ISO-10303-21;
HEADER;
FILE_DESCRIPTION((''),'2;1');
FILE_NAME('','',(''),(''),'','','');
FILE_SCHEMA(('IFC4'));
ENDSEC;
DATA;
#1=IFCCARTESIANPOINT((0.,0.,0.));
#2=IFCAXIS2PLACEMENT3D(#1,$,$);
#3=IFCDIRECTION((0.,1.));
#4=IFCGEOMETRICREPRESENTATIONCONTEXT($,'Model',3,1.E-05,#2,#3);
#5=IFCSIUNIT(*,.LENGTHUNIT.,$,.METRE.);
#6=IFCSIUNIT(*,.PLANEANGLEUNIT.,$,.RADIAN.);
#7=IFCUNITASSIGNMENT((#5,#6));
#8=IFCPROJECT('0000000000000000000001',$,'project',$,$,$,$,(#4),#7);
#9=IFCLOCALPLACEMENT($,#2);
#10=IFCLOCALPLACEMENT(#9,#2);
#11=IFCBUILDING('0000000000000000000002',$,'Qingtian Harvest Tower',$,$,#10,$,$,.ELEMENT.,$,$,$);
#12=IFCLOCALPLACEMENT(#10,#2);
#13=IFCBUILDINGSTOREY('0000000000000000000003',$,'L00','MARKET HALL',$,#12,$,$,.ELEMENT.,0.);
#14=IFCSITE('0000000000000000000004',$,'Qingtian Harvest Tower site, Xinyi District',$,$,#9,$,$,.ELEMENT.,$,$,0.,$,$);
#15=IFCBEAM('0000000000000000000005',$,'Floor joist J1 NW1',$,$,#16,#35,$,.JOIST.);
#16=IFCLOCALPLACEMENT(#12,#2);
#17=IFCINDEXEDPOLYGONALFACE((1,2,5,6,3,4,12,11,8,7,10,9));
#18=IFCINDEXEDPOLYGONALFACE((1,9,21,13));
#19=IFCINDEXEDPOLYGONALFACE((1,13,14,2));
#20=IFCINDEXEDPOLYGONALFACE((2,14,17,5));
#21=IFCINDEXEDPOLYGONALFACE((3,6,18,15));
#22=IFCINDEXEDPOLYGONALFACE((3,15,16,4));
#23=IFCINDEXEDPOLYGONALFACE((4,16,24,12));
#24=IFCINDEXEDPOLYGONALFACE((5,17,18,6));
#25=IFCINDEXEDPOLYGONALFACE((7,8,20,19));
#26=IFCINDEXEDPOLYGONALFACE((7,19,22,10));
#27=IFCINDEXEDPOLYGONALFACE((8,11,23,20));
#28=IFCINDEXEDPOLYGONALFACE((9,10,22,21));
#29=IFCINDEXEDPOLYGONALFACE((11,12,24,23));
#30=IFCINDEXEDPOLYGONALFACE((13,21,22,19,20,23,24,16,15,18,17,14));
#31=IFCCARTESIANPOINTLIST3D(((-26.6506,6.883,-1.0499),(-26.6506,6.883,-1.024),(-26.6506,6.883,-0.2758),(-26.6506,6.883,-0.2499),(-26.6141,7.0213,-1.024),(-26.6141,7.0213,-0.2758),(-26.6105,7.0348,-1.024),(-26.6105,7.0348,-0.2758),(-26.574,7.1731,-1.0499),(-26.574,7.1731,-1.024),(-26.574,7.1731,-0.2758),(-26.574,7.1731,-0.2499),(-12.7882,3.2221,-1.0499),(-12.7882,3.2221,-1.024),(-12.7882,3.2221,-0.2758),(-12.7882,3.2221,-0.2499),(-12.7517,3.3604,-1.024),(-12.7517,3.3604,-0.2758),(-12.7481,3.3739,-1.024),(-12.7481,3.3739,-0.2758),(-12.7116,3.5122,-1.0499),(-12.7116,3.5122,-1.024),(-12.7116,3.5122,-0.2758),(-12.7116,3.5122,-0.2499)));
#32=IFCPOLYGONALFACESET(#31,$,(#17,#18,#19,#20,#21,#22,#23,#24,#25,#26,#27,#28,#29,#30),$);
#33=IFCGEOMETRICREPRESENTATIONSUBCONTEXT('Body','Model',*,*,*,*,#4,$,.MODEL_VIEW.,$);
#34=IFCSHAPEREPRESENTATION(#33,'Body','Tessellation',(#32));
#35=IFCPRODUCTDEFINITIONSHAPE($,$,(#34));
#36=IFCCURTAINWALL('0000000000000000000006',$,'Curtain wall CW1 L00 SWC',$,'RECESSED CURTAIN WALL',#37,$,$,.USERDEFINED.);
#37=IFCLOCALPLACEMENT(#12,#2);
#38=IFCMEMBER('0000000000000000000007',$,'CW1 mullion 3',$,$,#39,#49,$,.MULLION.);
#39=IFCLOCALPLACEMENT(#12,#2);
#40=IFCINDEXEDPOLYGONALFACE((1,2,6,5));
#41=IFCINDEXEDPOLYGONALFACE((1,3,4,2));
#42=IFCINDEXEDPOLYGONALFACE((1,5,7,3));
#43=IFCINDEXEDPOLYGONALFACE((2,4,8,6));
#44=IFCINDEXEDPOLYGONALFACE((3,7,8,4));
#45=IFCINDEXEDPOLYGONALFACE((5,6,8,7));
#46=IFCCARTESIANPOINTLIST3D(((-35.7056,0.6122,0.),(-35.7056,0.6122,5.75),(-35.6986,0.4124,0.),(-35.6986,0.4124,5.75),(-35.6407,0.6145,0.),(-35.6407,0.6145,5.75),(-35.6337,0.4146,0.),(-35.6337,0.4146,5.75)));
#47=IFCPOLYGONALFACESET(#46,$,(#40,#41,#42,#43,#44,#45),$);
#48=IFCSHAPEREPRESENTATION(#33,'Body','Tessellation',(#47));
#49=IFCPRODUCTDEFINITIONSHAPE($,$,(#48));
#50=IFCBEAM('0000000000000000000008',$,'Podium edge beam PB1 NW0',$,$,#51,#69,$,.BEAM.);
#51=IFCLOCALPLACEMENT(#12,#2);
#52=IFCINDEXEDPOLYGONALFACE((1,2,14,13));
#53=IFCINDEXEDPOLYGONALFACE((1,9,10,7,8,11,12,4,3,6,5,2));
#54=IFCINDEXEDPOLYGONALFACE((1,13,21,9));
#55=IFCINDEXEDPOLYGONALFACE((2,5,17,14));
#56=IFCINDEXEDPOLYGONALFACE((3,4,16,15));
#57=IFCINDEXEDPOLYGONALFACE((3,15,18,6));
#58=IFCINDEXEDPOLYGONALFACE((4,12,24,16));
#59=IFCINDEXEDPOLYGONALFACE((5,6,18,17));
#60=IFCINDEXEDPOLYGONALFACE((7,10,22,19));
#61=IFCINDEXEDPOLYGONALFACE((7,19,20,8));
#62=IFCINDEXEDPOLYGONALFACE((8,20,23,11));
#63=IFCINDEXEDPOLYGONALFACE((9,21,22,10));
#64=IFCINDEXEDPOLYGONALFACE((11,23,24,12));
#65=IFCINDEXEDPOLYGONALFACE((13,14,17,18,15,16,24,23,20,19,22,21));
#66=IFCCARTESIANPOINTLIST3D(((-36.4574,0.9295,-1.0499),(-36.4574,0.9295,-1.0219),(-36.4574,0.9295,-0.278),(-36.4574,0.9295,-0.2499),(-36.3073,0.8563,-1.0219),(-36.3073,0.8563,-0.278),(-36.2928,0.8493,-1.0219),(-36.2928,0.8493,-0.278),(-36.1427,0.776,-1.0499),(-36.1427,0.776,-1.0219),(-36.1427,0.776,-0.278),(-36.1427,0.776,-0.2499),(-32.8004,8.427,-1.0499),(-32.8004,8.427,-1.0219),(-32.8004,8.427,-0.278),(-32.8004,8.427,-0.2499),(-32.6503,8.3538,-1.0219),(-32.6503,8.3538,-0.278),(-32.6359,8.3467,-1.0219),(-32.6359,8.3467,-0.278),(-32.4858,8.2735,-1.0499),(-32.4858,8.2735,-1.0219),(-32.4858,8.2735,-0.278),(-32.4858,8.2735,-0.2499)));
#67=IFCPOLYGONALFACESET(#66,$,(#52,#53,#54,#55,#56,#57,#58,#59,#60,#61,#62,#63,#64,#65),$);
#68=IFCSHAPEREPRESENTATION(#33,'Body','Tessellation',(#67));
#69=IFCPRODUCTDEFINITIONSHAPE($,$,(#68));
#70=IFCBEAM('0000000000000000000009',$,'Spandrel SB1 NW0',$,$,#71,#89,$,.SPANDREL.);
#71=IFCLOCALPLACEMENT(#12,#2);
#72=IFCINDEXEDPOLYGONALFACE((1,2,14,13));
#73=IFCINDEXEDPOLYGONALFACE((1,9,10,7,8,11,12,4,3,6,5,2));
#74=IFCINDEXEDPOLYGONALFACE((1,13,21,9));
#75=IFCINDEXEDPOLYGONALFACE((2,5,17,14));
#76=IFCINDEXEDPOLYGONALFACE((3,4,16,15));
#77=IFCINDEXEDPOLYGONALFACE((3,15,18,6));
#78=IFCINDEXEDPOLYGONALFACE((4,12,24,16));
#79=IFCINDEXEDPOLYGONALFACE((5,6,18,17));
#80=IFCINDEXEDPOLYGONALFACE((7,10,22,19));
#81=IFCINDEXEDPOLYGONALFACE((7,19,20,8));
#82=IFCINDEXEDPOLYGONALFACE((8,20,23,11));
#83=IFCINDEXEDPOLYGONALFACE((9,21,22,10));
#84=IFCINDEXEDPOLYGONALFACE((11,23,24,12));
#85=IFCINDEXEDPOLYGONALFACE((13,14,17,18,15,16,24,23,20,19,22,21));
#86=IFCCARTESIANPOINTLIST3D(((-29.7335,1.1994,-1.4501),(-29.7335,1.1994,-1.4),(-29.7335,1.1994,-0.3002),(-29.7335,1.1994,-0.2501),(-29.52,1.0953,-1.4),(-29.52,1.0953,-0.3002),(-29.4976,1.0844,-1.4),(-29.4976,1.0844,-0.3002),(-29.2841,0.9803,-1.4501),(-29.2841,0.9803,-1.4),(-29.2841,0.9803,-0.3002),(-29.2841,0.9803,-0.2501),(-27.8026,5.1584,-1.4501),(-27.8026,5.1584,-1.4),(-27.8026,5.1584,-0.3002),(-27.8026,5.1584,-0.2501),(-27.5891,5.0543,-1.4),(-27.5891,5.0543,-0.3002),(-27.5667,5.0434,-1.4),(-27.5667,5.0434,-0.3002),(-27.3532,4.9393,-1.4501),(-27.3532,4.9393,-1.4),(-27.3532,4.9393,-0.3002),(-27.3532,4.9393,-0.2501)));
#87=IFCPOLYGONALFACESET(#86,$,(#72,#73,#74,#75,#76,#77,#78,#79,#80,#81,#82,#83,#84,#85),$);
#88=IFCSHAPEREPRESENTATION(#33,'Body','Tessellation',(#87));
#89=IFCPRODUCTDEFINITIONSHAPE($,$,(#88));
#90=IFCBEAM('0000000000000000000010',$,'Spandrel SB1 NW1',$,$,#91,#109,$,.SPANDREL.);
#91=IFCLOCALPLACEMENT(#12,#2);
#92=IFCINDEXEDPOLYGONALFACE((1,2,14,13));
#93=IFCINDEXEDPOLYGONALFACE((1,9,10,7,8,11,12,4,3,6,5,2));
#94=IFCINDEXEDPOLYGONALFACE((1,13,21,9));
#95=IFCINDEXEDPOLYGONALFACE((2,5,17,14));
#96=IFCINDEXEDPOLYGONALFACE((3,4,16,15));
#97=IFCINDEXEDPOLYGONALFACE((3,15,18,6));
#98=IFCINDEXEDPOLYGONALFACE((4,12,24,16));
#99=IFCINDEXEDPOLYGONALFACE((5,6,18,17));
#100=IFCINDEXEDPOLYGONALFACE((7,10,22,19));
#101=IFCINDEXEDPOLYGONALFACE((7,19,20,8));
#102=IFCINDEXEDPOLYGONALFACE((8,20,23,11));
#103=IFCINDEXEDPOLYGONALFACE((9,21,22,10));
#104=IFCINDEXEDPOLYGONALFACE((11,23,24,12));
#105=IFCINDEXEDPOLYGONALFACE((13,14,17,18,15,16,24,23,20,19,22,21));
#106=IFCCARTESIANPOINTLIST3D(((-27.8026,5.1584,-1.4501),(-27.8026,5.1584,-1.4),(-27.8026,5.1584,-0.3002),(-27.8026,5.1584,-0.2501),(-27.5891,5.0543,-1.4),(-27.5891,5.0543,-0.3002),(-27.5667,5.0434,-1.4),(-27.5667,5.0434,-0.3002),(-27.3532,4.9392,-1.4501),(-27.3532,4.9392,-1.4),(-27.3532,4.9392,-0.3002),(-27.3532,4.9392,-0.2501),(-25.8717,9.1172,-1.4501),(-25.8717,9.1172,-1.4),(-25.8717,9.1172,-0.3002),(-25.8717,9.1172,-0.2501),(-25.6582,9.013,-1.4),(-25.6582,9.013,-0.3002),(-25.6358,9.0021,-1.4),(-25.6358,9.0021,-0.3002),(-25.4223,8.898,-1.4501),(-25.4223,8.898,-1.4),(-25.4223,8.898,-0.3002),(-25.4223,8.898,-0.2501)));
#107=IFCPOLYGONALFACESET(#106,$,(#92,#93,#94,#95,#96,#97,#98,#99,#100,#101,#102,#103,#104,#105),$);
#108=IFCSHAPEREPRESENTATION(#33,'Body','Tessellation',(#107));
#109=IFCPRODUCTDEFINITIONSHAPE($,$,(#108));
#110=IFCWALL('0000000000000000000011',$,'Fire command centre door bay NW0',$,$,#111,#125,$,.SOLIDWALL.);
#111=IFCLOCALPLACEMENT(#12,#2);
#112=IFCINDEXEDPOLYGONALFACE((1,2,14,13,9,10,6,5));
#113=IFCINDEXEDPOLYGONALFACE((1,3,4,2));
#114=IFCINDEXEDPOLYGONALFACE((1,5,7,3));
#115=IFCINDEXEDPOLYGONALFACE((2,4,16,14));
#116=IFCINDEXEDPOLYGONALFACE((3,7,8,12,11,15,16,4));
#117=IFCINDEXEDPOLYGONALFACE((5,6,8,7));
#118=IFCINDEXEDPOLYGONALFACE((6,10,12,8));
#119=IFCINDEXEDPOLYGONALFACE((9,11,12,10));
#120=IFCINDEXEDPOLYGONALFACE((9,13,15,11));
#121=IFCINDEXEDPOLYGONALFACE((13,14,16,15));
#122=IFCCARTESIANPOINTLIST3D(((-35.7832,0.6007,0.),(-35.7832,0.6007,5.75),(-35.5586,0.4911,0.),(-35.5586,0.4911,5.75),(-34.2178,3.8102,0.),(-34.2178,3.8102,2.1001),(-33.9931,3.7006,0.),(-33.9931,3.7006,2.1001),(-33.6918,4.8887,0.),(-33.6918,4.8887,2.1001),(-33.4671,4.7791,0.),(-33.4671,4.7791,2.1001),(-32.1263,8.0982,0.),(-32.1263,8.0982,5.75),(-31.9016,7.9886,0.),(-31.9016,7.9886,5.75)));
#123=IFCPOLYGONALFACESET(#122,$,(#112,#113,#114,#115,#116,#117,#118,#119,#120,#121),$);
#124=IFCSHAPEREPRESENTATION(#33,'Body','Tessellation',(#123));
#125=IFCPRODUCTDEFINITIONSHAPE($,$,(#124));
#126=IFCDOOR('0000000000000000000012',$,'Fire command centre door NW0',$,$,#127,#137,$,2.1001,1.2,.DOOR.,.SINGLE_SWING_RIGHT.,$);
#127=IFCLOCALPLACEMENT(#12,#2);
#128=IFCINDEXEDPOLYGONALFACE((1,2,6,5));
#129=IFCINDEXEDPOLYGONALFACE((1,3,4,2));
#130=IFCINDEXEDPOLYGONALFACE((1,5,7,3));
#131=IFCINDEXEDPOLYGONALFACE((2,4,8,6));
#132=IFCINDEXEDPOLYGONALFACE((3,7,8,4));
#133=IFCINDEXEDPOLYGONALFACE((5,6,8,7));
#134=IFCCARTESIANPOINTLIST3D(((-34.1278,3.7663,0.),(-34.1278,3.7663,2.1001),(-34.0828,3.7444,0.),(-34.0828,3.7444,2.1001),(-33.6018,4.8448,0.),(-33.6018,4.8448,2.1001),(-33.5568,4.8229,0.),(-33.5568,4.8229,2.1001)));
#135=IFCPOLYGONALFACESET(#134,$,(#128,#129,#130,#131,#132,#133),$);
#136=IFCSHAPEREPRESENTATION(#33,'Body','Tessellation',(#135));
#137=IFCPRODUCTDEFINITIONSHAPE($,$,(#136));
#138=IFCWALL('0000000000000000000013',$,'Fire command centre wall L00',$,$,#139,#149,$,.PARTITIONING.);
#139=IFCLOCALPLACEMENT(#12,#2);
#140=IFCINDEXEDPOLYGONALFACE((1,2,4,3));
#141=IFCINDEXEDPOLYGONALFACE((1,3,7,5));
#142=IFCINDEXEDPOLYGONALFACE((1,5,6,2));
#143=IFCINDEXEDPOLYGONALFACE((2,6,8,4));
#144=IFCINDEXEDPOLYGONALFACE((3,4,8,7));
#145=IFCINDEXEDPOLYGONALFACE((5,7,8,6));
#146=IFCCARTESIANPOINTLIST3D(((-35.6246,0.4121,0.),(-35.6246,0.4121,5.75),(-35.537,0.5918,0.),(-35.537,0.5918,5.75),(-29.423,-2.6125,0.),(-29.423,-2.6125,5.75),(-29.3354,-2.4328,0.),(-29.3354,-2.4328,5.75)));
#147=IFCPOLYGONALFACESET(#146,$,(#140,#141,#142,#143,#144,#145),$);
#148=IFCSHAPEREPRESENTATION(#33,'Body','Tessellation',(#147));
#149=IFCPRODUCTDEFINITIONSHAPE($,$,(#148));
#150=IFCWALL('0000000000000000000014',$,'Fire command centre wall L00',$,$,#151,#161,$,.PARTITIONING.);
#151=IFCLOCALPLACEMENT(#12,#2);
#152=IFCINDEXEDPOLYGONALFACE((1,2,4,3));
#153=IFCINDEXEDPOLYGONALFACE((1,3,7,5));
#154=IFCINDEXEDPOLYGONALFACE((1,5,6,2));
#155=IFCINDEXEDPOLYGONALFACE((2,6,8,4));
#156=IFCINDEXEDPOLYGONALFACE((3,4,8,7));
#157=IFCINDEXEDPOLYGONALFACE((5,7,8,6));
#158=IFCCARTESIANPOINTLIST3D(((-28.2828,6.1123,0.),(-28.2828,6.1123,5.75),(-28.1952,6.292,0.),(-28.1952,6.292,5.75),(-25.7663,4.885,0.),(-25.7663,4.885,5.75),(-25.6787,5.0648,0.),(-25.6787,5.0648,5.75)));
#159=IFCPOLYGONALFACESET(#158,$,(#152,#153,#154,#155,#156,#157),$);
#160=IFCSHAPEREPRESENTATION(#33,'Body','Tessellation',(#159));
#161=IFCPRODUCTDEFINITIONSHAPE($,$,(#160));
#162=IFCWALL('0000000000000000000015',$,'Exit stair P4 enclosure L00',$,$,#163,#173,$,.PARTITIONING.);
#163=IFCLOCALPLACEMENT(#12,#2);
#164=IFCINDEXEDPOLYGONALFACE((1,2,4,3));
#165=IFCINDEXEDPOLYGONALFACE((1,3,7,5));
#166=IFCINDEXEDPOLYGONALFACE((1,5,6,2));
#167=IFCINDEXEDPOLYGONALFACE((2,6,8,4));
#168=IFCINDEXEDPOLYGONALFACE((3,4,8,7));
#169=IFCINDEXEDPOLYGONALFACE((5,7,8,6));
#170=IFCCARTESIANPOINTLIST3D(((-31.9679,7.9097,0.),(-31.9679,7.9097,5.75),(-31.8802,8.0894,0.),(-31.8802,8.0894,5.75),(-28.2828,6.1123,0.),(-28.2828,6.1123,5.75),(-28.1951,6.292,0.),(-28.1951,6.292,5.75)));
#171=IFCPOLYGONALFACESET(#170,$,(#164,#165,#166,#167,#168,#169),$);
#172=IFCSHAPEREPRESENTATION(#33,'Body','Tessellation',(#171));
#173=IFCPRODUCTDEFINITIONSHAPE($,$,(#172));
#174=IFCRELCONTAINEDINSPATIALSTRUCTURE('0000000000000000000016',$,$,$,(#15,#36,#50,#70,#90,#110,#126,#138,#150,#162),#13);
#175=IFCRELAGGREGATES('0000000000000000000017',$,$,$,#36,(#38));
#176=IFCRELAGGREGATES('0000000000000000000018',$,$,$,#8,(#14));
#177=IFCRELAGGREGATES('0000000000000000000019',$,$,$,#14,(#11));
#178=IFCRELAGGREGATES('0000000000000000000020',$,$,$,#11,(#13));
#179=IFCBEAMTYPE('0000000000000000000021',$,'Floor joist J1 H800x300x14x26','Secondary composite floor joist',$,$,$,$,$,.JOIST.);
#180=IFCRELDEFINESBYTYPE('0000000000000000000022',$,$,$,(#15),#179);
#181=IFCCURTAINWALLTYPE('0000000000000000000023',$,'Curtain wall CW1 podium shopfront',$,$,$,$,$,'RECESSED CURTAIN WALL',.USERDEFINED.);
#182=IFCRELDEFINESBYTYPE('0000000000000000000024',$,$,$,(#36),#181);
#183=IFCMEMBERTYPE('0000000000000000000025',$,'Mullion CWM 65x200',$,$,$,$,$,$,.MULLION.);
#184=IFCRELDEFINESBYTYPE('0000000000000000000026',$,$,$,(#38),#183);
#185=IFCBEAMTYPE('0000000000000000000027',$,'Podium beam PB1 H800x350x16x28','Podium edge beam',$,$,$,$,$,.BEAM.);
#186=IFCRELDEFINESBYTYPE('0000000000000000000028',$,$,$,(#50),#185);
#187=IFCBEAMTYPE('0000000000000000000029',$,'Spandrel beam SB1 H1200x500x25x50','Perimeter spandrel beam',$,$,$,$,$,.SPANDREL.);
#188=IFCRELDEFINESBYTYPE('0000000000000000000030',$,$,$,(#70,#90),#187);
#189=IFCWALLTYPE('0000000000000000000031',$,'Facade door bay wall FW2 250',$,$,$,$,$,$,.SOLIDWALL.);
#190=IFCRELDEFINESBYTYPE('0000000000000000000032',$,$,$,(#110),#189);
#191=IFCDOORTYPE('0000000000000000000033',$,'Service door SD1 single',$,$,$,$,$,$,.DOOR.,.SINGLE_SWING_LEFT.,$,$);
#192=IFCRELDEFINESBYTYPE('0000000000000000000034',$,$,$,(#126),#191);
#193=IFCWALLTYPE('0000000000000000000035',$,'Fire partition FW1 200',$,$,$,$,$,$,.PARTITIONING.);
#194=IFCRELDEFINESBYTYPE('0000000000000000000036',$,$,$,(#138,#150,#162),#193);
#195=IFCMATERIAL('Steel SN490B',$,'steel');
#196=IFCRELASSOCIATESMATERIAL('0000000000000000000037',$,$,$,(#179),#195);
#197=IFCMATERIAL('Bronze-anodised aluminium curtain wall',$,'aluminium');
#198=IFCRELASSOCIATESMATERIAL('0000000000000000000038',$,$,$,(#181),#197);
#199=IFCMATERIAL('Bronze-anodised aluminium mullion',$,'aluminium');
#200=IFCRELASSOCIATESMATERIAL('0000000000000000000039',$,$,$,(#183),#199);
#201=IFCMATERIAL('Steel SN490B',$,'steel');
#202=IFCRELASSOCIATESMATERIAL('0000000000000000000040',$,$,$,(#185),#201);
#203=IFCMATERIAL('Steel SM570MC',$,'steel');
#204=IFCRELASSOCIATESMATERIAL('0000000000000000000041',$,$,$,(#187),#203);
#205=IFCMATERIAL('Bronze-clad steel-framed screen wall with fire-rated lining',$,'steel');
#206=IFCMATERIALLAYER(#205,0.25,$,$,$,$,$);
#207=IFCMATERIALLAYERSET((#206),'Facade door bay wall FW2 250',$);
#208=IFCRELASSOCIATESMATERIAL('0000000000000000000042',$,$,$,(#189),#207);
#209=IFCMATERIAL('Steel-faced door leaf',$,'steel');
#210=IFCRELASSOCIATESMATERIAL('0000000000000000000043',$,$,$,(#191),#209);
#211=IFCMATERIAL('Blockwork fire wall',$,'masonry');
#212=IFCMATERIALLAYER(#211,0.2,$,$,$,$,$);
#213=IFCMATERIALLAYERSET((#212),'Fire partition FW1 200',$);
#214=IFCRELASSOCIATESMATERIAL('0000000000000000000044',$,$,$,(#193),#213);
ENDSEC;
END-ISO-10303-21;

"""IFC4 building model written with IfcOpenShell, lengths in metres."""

from ifc_helpers import new_model, si_unit, direction, frame, frame_2d, origin, origin_2d, place, context, subcontext, project, spatial, rectangle, i_section, extrude, material, layer, layer_set, material_profile, profile_set, type_object, element, fill, aggregate, save


model = new_model("IFC4")

# Units and contexts
model_context = context("Model", 3, precision=1e-05, world=origin(), true_north=direction((0.0, 1.0)))
body_context = subcontext(model_context, "Body", "Model", "MODEL_VIEW")
ifc_project = project(units=[si_unit("LENGTHUNIT", "METRE"), si_unit("PLANEANGLEUNIT", "RADIAN")], contexts=[model_context])

# Site, building, storey
site_placement = place(None, origin())
site = spatial("IfcSite", under=ifc_project, at=site_placement, Name="Qingtian Harvest Tower site, Xinyi District", CompositionType="ELEMENT", RefElevation=0.0)
building_placement = place(site_placement, origin())
building = spatial("IfcBuilding", under=site, at=building_placement, Name="Qingtian Harvest Tower", CompositionType="ELEMENT")
storey_placement = place(building_placement, origin())
storey = spatial("IfcBuildingStorey", under=building, at=storey_placement, Name="L00", Description="MARKET HALL", CompositionType="ELEMENT", Elevation=0.0)

# Beam
ifc_material_1 = material(Name="Steel SN490B", Category="steel")
ifc_material_profile_1 = material_profile(ifc_material_1, i_section(OverallWidth=0.3, OverallDepth=0.8, WebThickness=0.0139, FlangeThickness=0.0259, at=origin_2d()), Name="H800x300x14x26")
ifc_profile_set_1 = profile_set([ifc_material_profile_1], Name="Steel SN490B")
beam_type_1 = type_object("IfcBeamType", Name="Floor joist J1 H800x300x14x26", Description="Secondary composite floor joist", PredefinedType="JOIST", material=ifc_profile_set_1)
beam_1_placement = place(storey_placement, frame((-26.6123, 7.0281, -0.6499), z_axis=(0.966852, -0.255336, 0.0), x_axis=(0.255336, 0.966852, 0.0)))
element("IfcBeam", 1, at=beam_1_placement, inside=storey, type_object=beam_type_1, Name="Floor joist J1 NW1", PredefinedType="JOIST", context=body_context, shape_type="SweptSolid", body=[
    extrude(i_section(OverallWidth=0.3, OverallDepth=0.8, WebThickness=0.0139, FlangeThickness=0.0259, at=origin_2d()), origin(), (0.0, 0.0, 1.0), 14.3376),
])

# Curtain wall, member
ifc_material_2 = material(Name="Bronze-anodised aluminium curtain wall", Category="aluminium")
curtain_wall_type = type_object("IfcCurtainWallType", Name="Curtain wall CW1 podium shopfront", ElementType="RECESSED CURTAIN WALL", PredefinedType="USERDEFINED", material=ifc_material_2)
curtain_wall_placement = place(storey_placement, origin())
curtain_wall = element("IfcCurtainWall", 2, at=curtain_wall_placement, inside=storey, type_object=curtain_wall_type, Name="Curtain wall CW1 L00 SWC", ObjectType="RECESSED CURTAIN WALL", PredefinedType="USERDEFINED")
ifc_material_3 = material(Name="Bronze-anodised aluminium mullion", Category="aluminium")
ifc_material_profile_2 = material_profile(ifc_material_3, rectangle(XDim=0.0649, YDim=0.2, at=origin_2d()), Name="AL 65x200")
ifc_profile_set_2 = profile_set([ifc_material_profile_2], Name="Bronze-anodised aluminium mullion")
member_type = type_object("IfcMemberType", Name="Mullion CWM 65x200", PredefinedType="MULLION", material=ifc_profile_set_2)
member_placement = place(storey_placement, frame((-35.6697, 0.5134, 0.0), z_axis=(0.0, 0.0, 1.0), x_axis=(-0.999391, -0.034899, 0.0)))
member = element("IfcMember", 3, at=member_placement, type_object=member_type, Name="CW1 mullion 3", PredefinedType="MULLION", context=body_context, shape_type="SweptSolid", body=[
    extrude(rectangle(XDim=0.0649, YDim=0.2, at=origin_2d()), origin(), (0.0, 0.0, 1.0), 5.75),
])
aggregate(curtain_wall, [member])

# Beams
ifc_material_4 = material(Name="Steel SN490B", Category="steel")
ifc_material_profile_3 = material_profile(ifc_material_4, i_section(OverallWidth=0.3501, OverallDepth=0.8, WebThickness=0.0161, FlangeThickness=0.0281, at=origin_2d()), Name="H800x350x16x28")
ifc_profile_set_3 = profile_set([ifc_material_profile_3], Name="Steel SN490B")
beam_type_2 = type_object("IfcBeamType", Name="Podium beam PB1 H800x350x16x28", Description="Podium edge beam", PredefinedType="BEAM", material=ifc_profile_set_3)
beam_2_placement = place(storey_placement, frame((-36.3, 0.8528, -0.6499), z_axis=(0.438388, 0.898786, 0.0), x_axis=(-0.898786, 0.438388, 0.0)))
element("IfcBeam", 4, at=beam_2_placement, inside=storey, type_object=beam_type_2, Name="Podium edge beam PB1 NW0", PredefinedType="BEAM", context=body_context, shape_type="SweptSolid", body=[
    extrude(i_section(OverallWidth=0.3501, OverallDepth=0.8, WebThickness=0.0161, FlangeThickness=0.0281, at=origin_2d()), origin(), (0.0, 0.0, 1.0), 8.3418),
])
ifc_material_5 = material(Name="Steel SM570MC", Category="steel")
ifc_material_profile_4 = material_profile(ifc_material_5, i_section(OverallWidth=0.5, OverallDepth=1.2, WebThickness=0.0249, FlangeThickness=0.05, at=origin_2d()), Name="H1200x500x25x50")
ifc_profile_set_4 = profile_set([ifc_material_profile_4], Name="Steel SM570MC")
beam_type_3 = type_object("IfcBeamType", Name="Spandrel beam SB1 H1200x500x25x50", Description="Perimeter spandrel beam", PredefinedType="SPANDREL", material=ifc_profile_set_4)
beam_3_placement = place(storey_placement, frame((-29.5088, 1.0898, -0.8501), z_axis=(0.438368, 0.898796, 0.0), x_axis=(-0.898796, 0.438368, 0.0)))
element("IfcBeam", 5, at=beam_3_placement, inside=storey, type_object=beam_type_3, Name="Spandrel SB1 NW0", PredefinedType="SPANDREL", context=body_context, shape_type="SweptSolid", body=[
    extrude(i_section(OverallWidth=0.5, OverallDepth=1.2, WebThickness=0.0249, FlangeThickness=0.05, at=origin_2d()), origin(), (0.0, 0.0, 1.0), 4.4048),
])
beam_4_placement = place(storey_placement, frame((-27.5779, 5.0488, -0.8501), z_axis=(0.43839, 0.898785, 0.0), x_axis=(-0.898785, 0.43839, 0.0)))
element("IfcBeam", 6, at=beam_4_placement, inside=storey, type_object=beam_type_3, Name="Spandrel SB1 NW1", PredefinedType="SPANDREL", context=body_context, shape_type="SweptSolid", body=[
    extrude(i_section(OverallWidth=0.5, OverallDepth=1.2, WebThickness=0.0249, FlangeThickness=0.05, at=origin_2d()), origin(), (0.0, 0.0, 1.0), 4.4045),
])

# Wall, opening, door
ifc_material_6 = material(Name="Bronze-clad steel-framed screen wall with fire-rated lining", Category="steel")
ifc_layer_1 = layer(ifc_material_6, 0.25)
ifc_layer_set_1 = layer_set([ifc_layer_1], Name="Facade door bay wall FW2 250")
wall_type_1 = type_object("IfcWallType", Name="Facade door bay wall FW2 250", PredefinedType="SOLIDWALL", material=ifc_layer_set_1)
wall_1_placement = place(storey_placement, frame((-35.6709, 0.5459, 0.0), z_axis=(0.0, 0.0, 1.0), x_axis=(0.438388, 0.898786, 0.0)))
wall_1 = element("IfcWall", 7, at=wall_1_placement, inside=storey, type_object=wall_type_1, Name="Fire command centre door bay NW0", PredefinedType="SOLIDWALL", context=body_context, shape_type="SweptSolid", body=[
    extrude(rectangle(XDim=8.3418, YDim=0.25, at=frame_2d((4.1709, 0.0))), origin(), (0.0, 0.0, 1.0), 5.75),
])
opening_1_placement = place(wall_1_placement, frame((3.5708, 0.0, 0.0)))
opening_1 = element("IfcOpeningElement", 8, at=opening_1_placement, cuts=wall_1, PredefinedType="OPENING", context=body_context, shape_type="SweptSolid", body=[
    extrude(rectangle(XDim=1.2, YDim=2.1001, at=frame_2d((0.6001, 1.05))), frame((0.0, 0.135, 0.0), z_axis=(0.0, -1.0, 0.0), x_axis=(1.0, 0.0, 0.0)), (0.0, 0.0, 1.0), 0.27),
])
ifc_material_7 = material(Name="Steel-faced door leaf", Category="steel")
door_type_1 = type_object("IfcDoorType", Name="Service door SD1 single", OperationType="SINGLE_SWING_LEFT", PredefinedType="DOOR", material=ifc_material_7)
door_1_placement = place(opening_1_placement, origin())
door_1 = element("IfcDoor", 9, at=door_1_placement, inside=storey, type_object=door_type_1, Name="Fire command centre door NW0", OperationType="SINGLE_SWING_RIGHT", OverallHeight=2.1001, OverallWidth=1.2, PredefinedType="DOOR", context=body_context, shape_type="SweptSolid", body=[
    extrude(rectangle(XDim=1.2, YDim=2.1001, at=frame_2d((0.6001, 1.05))), frame((0.0, 0.0249, 0.0), z_axis=(0.0, -1.0, 0.0), x_axis=(1.0, 0.0, 0.0)), (0.0, 0.0, 1.0), 0.05),
])
fill(opening_1, door_1)

# Walls
ifc_material_8 = material(Name="Blockwork fire wall", Category="masonry")
ifc_layer_2 = layer(ifc_material_8, 0.2)
ifc_layer_set_2 = layer_set([ifc_layer_2], Name="Fire partition FW1 200")
wall_type_2 = type_object("IfcWallType", Name="Fire partition FW1 200", PredefinedType="PARTITIONING", material=ifc_layer_set_2)
wall_2_placement = place(storey_placement, frame((-35.5808, 0.502, 0.0), z_axis=(0.0, 0.0, 1.0), x_axis=(0.898799, -0.43836, 0.0)))
element("IfcWall", 10, at=wall_2_placement, inside=storey, type_object=wall_type_2, Name="Fire command centre wall L00", PredefinedType="PARTITIONING", context=body_context, shape_type="SweptSolid", body=[
    extrude(rectangle(XDim=6.8999, YDim=0.2, at=frame_2d((3.45, 0.0))), origin(), (0.0, 0.0, 1.0), 5.75),
])
wall_3_placement = place(storey_placement, frame((-28.239, 6.2021, 0.0), z_axis=(0.0, 0.0, 1.0), x_axis=(0.898813, -0.438333, 0.0)))
element("IfcWall", 11, at=wall_3_placement, inside=storey, type_object=wall_type_2, Name="Fire command centre wall L00", PredefinedType="PARTITIONING", context=body_context, shape_type="SweptSolid", body=[
    extrude(rectangle(XDim=2.7998, YDim=0.2, at=frame_2d((1.3999, 0.0))), origin(), (0.0, 0.0, 1.0), 5.75),
])
wall_4_placement = place(storey_placement, frame((-31.9241, 7.9995, 0.0), z_axis=(0.0, 0.0, 1.0), x_axis=(0.89879, -0.438379, 0.0)))
element("IfcWall", 12, at=wall_4_placement, inside=storey, type_object=wall_type_2, Name="Exit stair P4 enclosure L00", PredefinedType="PARTITIONING", context=body_context, shape_type="SweptSolid", body=[
    extrude(rectangle(XDim=4.1001, YDim=0.2, at=frame_2d((2.05, 0.0))), origin(), (0.0, 0.0, 1.0), 5.75),
])

save(model, "model.ifc")
